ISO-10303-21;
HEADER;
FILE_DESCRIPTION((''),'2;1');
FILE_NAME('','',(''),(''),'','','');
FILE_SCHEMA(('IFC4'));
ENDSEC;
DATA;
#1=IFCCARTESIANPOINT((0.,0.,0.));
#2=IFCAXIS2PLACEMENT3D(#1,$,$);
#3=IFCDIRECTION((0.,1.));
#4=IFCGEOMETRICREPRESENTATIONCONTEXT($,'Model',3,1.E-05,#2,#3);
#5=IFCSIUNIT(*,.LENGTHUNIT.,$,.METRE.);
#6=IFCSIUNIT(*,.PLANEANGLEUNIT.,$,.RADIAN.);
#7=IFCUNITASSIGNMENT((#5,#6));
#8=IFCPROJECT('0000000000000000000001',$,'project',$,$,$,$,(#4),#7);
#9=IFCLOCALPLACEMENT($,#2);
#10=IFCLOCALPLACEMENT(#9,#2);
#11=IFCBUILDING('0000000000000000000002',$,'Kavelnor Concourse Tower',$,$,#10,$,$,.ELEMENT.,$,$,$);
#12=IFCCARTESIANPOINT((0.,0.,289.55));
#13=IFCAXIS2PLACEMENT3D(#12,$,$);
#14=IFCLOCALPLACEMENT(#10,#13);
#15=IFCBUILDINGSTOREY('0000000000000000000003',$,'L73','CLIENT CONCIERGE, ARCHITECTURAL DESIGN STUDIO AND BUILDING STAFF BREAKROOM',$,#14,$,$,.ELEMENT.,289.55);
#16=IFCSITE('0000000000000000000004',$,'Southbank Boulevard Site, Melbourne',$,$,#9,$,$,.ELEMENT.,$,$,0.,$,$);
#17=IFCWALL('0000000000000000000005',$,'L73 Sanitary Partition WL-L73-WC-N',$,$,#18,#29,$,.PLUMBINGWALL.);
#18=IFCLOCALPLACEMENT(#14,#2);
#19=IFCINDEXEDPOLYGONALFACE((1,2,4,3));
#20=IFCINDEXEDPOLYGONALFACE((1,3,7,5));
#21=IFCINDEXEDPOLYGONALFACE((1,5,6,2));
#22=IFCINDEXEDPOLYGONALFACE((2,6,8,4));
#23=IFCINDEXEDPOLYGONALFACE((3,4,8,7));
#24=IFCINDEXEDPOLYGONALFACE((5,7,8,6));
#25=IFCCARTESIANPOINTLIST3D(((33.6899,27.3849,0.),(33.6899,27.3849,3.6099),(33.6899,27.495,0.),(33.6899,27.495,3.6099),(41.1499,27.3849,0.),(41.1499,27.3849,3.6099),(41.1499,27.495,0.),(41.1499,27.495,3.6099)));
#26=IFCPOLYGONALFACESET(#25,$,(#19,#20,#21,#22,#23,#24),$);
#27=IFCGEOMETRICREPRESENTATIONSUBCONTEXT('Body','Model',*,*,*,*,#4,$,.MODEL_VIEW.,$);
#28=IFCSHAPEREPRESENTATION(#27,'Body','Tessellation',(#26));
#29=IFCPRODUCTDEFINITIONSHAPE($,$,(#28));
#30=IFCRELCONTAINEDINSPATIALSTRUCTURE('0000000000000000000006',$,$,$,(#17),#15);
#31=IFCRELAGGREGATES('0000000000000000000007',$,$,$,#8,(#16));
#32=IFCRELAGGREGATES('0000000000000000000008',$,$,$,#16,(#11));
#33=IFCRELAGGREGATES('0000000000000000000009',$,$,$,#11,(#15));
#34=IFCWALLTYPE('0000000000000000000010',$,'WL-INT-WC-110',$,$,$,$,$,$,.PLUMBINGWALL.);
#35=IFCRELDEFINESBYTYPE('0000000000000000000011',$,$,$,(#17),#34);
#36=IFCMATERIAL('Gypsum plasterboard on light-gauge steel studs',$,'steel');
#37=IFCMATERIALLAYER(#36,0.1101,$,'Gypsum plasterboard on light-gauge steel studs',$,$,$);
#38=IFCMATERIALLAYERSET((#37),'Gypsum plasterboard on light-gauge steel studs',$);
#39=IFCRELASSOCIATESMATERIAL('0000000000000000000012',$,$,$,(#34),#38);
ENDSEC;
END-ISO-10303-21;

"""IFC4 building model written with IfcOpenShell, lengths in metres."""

from ifc_helpers import new_model, si_unit, direction, frame, frame_2d, origin, place, context, subcontext, project, spatial, rectangle, extrude, material, layer, layer_set, type_object, element, save


model = new_model("IFC4")

# Units and contexts
model_context = context("Model", 3, precision=1e-05, world=origin(), true_north=direction((0.0, 1.0)))
body_context = subcontext(model_context, "Body", "Model", "MODEL_VIEW")
ifc_project = project(units=[si_unit("LENGTHUNIT", "METRE"), si_unit("PLANEANGLEUNIT", "RADIAN")], contexts=[model_context])

# Site, building, storey
site_placement = place(None, origin())
site = spatial("IfcSite", under=ifc_project, at=site_placement, Name="Southbank Boulevard Site, Melbourne", CompositionType="ELEMENT", RefElevation=0.0)
building_placement = place(site_placement, origin())
building = spatial("IfcBuilding", under=site, at=building_placement, Name="Kavelnor Concourse Tower", CompositionType="ELEMENT")
storey_placement = place(building_placement, frame((0.0, 0.0, 289.55)))
storey = spatial("IfcBuildingStorey", under=building, at=storey_placement, Name="L73", Description="CLIENT CONCIERGE, ARCHITECTURAL DESIGN STUDIO AND BUILDING STAFF BREAKROOM", CompositionType="ELEMENT", Elevation=289.55)

# Shared definitions
ifc_material_1 = material(Name="Gypsum plasterboard on light-gauge steel studs", Category="steel")

# Wall
ifc_layer_1 = layer(ifc_material_1, 0.1101, Name="Gypsum plasterboard on light-gauge steel studs")
ifc_layer_set_1 = layer_set([ifc_layer_1], Name="Gypsum plasterboard on light-gauge steel studs")
wall_type_1 = type_object("IfcWallType", Name="WL-INT-WC-110", PredefinedType="PLUMBINGWALL", material=ifc_layer_set_1)
wall_1_placement = place(storey_placement, frame((33.6899, 27.4399, 0.0), z_axis=(0.0, 0.0, 1.0), x_axis=(1.0, 0.0, 0.0)))
element("IfcWall", 1, at=wall_1_placement, inside=storey, type_object=wall_type_1, Name="L73 Sanitary Partition WL-L73-WC-N", PredefinedType="PLUMBINGWALL", context=body_context, shape_type="SweptSolid", body=[
    extrude(rectangle(XDim=7.46, YDim=0.1101, at=frame_2d((3.73, 0.0))), origin(), (0.0, 0.0, 1.0), 3.6099),
])

save(model, "model.ifc")
